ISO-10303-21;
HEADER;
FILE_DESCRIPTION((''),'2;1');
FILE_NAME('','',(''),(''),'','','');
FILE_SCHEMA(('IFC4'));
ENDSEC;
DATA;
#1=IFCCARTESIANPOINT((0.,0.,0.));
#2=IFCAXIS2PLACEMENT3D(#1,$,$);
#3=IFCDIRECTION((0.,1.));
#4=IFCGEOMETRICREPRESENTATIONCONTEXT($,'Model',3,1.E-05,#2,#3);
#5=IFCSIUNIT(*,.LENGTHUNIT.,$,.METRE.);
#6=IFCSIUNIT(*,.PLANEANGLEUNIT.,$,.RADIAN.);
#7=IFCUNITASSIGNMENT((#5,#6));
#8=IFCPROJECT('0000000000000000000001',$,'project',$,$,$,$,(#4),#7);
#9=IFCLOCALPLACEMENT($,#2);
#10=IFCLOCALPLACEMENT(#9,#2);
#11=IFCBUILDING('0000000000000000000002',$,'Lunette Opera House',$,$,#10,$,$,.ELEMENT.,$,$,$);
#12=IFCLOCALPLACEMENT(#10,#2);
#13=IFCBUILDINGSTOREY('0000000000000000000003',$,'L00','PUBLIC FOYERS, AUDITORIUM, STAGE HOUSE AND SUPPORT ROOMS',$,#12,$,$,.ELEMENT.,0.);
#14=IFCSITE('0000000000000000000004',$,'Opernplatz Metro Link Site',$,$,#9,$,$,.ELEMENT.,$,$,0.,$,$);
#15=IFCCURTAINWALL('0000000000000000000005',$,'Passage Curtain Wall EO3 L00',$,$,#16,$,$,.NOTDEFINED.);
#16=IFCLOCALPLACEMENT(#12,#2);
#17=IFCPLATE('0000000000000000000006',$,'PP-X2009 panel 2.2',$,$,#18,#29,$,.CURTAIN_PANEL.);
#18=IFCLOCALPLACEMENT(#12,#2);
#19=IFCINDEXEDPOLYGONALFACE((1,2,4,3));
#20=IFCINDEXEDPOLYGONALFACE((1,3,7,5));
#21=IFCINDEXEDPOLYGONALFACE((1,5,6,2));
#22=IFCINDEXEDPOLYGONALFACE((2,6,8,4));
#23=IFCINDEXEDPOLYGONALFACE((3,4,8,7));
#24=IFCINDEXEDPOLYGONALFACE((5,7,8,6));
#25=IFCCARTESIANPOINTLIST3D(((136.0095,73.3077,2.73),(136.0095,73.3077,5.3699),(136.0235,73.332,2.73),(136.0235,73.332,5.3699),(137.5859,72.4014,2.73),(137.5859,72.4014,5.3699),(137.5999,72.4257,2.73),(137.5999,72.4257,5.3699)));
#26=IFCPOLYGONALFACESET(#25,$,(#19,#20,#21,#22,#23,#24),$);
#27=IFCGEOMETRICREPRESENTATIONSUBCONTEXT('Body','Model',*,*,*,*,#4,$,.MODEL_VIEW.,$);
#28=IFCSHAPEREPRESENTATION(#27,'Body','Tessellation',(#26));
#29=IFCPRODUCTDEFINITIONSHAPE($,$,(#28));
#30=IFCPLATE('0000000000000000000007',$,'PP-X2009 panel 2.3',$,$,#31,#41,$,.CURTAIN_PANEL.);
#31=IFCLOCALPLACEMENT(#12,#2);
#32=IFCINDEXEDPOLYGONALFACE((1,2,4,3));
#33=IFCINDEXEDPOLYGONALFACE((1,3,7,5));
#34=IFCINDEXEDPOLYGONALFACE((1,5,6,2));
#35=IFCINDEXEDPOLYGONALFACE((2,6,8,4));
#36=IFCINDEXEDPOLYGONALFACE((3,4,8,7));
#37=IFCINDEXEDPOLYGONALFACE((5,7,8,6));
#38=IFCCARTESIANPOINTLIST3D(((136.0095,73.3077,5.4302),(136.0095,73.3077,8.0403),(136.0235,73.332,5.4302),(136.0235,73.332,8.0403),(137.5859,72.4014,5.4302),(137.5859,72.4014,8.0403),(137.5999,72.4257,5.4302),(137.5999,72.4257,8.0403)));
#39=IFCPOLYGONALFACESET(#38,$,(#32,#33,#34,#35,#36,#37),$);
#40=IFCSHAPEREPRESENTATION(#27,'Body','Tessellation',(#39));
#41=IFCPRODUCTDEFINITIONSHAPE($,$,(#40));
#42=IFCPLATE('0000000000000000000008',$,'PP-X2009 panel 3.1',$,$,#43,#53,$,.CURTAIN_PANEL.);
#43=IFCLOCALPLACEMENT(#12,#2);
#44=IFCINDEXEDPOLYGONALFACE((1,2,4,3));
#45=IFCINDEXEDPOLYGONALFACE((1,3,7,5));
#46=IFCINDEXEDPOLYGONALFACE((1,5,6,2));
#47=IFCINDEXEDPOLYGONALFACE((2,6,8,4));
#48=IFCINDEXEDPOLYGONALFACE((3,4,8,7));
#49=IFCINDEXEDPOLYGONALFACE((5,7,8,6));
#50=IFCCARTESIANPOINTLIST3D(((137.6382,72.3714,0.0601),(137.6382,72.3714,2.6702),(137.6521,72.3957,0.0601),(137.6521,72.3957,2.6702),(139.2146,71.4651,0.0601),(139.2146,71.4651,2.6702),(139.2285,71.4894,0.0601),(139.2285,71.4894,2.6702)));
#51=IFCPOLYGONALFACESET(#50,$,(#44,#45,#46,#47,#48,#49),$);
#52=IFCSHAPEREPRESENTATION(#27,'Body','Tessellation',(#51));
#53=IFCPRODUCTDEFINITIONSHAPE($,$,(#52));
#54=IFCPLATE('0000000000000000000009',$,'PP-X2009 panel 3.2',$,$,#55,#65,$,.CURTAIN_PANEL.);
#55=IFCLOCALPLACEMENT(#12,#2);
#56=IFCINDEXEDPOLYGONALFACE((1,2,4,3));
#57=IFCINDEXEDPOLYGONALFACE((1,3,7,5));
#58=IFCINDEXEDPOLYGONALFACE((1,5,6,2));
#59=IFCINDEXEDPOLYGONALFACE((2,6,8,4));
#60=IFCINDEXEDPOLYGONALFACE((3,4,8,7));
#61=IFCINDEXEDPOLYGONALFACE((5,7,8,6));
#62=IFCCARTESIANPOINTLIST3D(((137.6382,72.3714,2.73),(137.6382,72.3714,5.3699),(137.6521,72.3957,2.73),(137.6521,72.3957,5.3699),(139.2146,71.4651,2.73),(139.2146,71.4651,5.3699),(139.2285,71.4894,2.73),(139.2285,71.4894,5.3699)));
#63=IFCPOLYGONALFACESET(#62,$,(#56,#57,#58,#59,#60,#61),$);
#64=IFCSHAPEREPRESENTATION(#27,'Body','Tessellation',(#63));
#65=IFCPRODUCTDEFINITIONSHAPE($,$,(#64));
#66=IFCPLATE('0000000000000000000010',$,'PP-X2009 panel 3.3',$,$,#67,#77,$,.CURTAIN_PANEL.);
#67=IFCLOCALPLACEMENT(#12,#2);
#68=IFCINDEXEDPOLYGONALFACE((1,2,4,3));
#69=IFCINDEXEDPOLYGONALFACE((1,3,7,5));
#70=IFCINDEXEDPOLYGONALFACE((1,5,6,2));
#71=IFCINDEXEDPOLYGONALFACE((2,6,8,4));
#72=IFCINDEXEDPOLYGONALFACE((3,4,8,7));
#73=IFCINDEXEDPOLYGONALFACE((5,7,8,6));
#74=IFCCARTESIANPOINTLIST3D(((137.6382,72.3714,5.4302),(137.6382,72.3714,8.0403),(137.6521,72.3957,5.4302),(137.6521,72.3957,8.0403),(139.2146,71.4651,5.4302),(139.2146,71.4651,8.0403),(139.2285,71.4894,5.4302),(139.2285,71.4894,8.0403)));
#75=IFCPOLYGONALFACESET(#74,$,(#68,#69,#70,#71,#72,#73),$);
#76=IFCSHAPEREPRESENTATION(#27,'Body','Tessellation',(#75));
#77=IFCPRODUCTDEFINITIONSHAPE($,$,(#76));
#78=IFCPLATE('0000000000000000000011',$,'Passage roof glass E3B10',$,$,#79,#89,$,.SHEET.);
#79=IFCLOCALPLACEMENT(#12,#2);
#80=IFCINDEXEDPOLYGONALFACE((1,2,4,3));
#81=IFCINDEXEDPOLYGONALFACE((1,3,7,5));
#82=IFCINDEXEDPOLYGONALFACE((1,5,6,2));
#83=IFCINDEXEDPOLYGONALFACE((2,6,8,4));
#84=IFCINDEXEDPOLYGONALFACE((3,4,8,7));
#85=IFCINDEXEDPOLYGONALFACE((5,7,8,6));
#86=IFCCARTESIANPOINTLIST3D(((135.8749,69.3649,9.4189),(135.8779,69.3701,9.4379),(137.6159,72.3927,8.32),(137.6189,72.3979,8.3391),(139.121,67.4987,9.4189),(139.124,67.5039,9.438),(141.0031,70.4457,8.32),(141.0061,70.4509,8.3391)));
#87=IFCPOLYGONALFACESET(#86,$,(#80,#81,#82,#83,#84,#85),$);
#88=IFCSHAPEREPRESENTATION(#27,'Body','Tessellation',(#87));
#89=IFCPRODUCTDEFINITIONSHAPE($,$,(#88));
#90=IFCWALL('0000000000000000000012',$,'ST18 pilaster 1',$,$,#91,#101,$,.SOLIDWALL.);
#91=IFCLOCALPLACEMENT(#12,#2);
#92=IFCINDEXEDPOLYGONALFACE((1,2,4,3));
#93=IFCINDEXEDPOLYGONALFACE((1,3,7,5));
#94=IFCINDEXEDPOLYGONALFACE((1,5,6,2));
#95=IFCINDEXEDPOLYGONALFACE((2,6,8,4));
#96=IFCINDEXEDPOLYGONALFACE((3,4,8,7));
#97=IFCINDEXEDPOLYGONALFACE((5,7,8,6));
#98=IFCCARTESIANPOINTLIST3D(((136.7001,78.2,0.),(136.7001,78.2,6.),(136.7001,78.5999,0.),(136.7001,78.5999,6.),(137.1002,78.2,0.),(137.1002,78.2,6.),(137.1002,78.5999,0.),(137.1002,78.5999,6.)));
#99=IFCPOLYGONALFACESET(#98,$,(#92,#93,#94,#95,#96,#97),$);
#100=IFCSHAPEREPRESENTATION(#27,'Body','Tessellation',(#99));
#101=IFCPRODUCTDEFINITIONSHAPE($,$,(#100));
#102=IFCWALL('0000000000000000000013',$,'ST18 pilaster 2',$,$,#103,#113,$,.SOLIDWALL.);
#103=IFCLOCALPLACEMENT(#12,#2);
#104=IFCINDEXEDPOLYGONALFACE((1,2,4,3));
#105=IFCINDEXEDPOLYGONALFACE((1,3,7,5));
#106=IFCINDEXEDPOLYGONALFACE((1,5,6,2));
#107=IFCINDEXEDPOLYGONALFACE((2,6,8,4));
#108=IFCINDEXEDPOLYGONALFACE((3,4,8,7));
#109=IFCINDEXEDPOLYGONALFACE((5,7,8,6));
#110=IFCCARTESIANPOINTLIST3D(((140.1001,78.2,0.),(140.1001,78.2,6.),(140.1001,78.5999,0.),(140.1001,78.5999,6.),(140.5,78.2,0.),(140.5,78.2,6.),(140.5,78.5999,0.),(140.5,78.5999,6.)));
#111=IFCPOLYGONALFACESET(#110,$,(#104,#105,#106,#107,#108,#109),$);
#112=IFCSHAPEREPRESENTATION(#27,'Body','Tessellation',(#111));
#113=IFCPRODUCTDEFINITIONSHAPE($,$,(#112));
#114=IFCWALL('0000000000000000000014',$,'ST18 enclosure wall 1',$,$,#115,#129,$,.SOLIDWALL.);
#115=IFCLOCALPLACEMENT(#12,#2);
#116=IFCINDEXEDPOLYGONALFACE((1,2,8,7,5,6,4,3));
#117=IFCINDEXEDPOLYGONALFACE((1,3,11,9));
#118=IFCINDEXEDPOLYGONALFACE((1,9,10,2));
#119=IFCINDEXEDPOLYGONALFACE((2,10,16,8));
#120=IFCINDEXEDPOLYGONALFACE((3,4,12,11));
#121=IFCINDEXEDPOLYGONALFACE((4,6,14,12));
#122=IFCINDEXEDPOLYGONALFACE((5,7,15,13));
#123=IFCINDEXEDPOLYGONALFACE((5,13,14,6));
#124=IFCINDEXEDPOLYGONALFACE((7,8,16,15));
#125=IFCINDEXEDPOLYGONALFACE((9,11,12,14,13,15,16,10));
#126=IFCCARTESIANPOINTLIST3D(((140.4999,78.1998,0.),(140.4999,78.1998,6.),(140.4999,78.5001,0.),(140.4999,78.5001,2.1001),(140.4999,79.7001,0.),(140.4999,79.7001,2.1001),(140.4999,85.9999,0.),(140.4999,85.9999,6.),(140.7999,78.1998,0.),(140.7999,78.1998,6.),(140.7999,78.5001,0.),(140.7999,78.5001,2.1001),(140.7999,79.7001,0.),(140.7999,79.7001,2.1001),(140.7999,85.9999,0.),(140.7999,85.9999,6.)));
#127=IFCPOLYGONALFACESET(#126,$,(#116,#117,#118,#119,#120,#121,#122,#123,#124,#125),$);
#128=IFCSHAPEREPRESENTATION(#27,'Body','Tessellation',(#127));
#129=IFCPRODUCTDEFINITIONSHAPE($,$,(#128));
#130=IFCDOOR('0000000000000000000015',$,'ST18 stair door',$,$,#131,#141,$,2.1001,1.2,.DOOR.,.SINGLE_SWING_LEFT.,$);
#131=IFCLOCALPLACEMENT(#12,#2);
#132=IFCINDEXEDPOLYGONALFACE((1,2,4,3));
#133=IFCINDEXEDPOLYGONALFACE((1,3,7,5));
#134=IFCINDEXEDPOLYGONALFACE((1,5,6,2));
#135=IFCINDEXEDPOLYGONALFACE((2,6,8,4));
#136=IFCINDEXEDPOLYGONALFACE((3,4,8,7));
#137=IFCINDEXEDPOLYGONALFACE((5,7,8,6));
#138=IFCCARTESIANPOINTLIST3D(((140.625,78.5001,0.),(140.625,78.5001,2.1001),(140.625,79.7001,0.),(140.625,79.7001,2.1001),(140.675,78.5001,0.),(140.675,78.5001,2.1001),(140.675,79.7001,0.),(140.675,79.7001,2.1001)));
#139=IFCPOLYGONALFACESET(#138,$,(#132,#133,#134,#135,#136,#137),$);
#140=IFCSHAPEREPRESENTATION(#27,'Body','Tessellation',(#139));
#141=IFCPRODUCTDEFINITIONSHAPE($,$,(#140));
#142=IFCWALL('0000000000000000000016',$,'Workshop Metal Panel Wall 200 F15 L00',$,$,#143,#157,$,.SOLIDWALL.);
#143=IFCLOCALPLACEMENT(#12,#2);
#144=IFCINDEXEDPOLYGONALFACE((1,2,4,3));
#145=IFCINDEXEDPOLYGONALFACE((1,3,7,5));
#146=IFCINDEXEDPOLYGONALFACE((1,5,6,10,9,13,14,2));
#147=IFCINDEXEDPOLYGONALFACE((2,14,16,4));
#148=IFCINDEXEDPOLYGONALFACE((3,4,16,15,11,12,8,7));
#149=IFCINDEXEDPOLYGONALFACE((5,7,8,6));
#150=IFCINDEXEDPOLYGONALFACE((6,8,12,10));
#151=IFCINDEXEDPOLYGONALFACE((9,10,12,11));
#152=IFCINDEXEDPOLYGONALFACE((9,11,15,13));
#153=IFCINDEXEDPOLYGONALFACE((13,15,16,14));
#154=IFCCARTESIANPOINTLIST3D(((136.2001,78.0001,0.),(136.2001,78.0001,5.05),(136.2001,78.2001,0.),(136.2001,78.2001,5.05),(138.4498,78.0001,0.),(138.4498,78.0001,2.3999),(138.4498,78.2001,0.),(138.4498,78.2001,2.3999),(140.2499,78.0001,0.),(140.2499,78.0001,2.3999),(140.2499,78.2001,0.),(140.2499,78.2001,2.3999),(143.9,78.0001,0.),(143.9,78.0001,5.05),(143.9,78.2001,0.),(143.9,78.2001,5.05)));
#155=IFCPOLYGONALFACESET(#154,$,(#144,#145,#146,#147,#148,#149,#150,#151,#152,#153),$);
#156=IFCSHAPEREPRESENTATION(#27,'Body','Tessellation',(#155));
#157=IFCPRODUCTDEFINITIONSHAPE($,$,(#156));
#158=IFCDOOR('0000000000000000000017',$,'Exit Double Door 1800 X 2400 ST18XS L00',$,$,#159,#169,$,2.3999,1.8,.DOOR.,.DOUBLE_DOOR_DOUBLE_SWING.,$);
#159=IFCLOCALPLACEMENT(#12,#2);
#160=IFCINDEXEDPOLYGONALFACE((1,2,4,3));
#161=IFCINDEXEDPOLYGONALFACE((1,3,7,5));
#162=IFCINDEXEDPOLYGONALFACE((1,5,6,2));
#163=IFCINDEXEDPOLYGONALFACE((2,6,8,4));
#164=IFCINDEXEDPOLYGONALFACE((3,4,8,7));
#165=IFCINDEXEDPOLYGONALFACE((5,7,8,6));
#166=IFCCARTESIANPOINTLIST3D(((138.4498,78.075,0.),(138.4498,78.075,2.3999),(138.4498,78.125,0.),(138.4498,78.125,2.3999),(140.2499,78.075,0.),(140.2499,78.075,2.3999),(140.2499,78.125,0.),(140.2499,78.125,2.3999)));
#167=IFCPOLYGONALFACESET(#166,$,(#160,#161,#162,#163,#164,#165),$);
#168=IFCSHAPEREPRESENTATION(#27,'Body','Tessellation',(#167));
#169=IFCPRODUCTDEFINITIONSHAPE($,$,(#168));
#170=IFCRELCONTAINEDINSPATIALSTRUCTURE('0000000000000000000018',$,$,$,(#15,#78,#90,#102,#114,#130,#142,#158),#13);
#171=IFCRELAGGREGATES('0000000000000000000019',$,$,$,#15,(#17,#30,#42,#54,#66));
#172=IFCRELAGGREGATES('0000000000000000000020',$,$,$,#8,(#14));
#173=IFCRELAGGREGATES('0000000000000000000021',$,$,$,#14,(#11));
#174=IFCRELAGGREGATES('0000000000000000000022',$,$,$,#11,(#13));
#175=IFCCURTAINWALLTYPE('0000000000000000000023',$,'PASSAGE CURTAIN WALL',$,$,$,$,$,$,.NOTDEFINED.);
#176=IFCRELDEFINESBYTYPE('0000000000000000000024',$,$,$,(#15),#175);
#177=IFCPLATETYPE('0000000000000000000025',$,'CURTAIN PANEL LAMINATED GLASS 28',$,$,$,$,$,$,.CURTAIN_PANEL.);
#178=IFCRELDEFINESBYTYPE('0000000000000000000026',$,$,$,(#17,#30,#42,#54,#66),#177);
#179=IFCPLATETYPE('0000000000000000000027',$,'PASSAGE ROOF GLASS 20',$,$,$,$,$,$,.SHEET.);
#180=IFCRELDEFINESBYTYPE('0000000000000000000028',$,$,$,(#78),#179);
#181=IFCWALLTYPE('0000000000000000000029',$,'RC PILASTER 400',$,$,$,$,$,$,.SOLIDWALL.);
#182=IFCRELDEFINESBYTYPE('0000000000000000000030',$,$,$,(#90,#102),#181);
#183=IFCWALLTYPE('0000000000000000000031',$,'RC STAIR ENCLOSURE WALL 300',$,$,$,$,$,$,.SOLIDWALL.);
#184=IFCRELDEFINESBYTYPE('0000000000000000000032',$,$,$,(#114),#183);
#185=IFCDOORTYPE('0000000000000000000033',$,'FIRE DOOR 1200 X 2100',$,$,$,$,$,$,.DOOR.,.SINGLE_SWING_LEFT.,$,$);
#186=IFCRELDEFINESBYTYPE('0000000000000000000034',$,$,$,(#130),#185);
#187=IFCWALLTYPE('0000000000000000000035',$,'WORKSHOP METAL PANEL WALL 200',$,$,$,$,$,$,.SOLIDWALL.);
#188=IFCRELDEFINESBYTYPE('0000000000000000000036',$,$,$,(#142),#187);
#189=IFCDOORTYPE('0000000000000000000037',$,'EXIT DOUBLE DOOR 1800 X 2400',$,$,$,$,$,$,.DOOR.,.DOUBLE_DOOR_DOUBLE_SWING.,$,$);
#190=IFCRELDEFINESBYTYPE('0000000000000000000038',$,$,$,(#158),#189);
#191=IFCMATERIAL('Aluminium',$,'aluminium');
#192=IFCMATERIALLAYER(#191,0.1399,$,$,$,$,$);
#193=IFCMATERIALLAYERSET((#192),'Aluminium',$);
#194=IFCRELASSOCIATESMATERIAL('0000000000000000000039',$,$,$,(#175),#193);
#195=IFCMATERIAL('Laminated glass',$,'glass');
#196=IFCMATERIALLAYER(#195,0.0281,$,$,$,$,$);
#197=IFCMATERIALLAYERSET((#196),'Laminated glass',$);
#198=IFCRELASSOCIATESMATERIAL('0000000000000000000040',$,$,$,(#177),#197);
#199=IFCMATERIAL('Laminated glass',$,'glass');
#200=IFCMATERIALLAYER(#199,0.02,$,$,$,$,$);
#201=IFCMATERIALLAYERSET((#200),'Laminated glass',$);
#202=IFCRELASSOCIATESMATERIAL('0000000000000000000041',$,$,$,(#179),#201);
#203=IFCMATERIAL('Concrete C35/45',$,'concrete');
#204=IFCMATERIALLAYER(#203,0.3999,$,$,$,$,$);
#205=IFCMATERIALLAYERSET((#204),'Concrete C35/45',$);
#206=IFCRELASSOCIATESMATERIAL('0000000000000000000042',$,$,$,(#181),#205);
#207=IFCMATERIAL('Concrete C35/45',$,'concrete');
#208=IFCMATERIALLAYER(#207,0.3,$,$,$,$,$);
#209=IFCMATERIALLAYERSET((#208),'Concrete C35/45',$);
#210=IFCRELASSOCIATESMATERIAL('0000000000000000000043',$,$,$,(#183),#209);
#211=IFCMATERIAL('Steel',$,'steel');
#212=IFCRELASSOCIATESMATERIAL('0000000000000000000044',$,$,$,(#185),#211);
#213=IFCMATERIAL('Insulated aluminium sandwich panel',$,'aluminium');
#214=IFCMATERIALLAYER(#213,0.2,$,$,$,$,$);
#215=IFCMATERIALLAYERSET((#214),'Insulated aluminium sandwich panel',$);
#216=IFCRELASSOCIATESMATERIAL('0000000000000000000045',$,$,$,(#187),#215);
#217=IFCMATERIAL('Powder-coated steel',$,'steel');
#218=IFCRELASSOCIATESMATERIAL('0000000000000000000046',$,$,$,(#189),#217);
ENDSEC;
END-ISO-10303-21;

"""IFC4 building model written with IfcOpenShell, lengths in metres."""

from ifc_helpers import new_model, si_unit, direction, frame, frame_2d, origin, origin_2d, place, context, subcontext, project, spatial, polyline, rectangle, outline, extrude, material, layer, layer_set, type_object, element, fill, aggregate, save


model = new_model("IFC4")

# Units and contexts
model_context = context("Model", 3, precision=1e-05, world=origin(), true_north=direction((0.0, 1.0)))
body_context = subcontext(model_context, "Body", "Model", "MODEL_VIEW")
ifc_project = project(units=[si_unit("LENGTHUNIT", "METRE"), si_unit("PLANEANGLEUNIT", "RADIAN")], contexts=[model_context])

# Site, building, storey
site_placement = place(None, origin())
site = spatial("IfcSite", under=ifc_project, at=site_placement, Name="Opernplatz Metro Link Site", CompositionType="ELEMENT", RefElevation=0.0)
building_placement = place(site_placement, origin())
building = spatial("IfcBuilding", under=site, at=building_placement, Name="Lunette Opera House", CompositionType="ELEMENT")
storey_placement = place(building_placement, origin())
storey = spatial("IfcBuildingStorey", under=building, at=storey_placement, Name="L00", Description="PUBLIC FOYERS, AUDITORIUM, STAGE HOUSE AND SUPPORT ROOMS", CompositionType="ELEMENT", Elevation=0.0)

# Curtain wall
ifc_material_1 = material(Name="Aluminium", Category="aluminium")
ifc_layer_1 = layer(ifc_material_1, 0.1399)
ifc_layer_set_1 = layer_set([ifc_layer_1], Name="Aluminium")
curtain_wall_type = type_object("IfcCurtainWallType", Name="PASSAGE CURTAIN WALL", PredefinedType="NOTDEFINED", material=ifc_layer_set_1)
curtain_wall_placement = place(storey_placement, origin())
curtain_wall = element("IfcCurtainWall", 1, at=curtain_wall_placement, inside=storey, type_object=curtain_wall_type, Name="Passage Curtain Wall EO3 L00", PredefinedType="NOTDEFINED")

# Plates
ifc_material_2 = material(Name="Laminated glass", Category="glass")
ifc_layer_2 = layer(ifc_material_2, 0.0281)
ifc_layer_set_2 = layer_set([ifc_layer_2], Name="Laminated glass")
plate_type_1 = type_object("IfcPlateType", Name="CURTAIN PANEL LAMINATED GLASS 28", PredefinedType="CURTAIN_PANEL", material=ifc_layer_set_2)
plate_1_placement = place(storey_placement, frame((136.8047, 72.8667, 2.73), z_axis=(0.0, 0.0, 1.0), x_axis=(0.866938, -0.498416, 0.0)))
plate_1 = element("IfcPlate", 2, at=plate_1_placement, type_object=plate_type_1, Name="PP-X2009 panel 2.2", PredefinedType="CURTAIN_PANEL", context=body_context, shape_type="SweptSolid", body=[
    extrude(rectangle(XDim=1.8184, YDim=0.0281, at=origin_2d()), origin(), (0.0, 0.0, 1.0), 2.6399),
])
plate_2_placement = place(storey_placement, frame((136.8047, 72.8667, 5.4302), z_axis=(0.0, 0.0, 1.0), x_axis=(0.866938, -0.498416, 0.0)))
plate_2 = element("IfcPlate", 3, at=plate_2_placement, type_object=plate_type_1, Name="PP-X2009 panel 2.3", PredefinedType="CURTAIN_PANEL", context=body_context, shape_type="SweptSolid", body=[
    extrude(rectangle(XDim=1.8184, YDim=0.0281, at=origin_2d()), origin(), (0.0, 0.0, 1.0), 2.6101),
])
plate_3_placement = place(storey_placement, frame((138.4333, 71.9304, 0.0601), z_axis=(0.0, 0.0, 1.0), x_axis=(0.866938, -0.498416, 0.0)))
plate_3 = element("IfcPlate", 4, at=plate_3_placement, type_object=plate_type_1, Name="PP-X2009 panel 3.1", PredefinedType="CURTAIN_PANEL", context=body_context, shape_type="SweptSolid", body=[
    extrude(rectangle(XDim=1.8184, YDim=0.0281, at=origin_2d()), origin(), (0.0, 0.0, 1.0), 2.6101),
])
plate_4_placement = place(storey_placement, frame((138.4333, 71.9304, 2.73), z_axis=(0.0, 0.0, 1.0), x_axis=(0.866938, -0.498416, 0.0)))
plate_4 = element("IfcPlate", 5, at=plate_4_placement, type_object=plate_type_1, Name="PP-X2009 panel 3.2", PredefinedType="CURTAIN_PANEL", context=body_context, shape_type="SweptSolid", body=[
    extrude(rectangle(XDim=1.8184, YDim=0.0281, at=origin_2d()), origin(), (0.0, 0.0, 1.0), 2.6399),
])
plate_5_placement = place(storey_placement, frame((138.4333, 71.9304, 5.4302), z_axis=(0.0, 0.0, 1.0), x_axis=(0.866938, -0.498416, 0.0)))
plate_5 = element("IfcPlate", 6, at=plate_5_placement, type_object=plate_type_1, Name="PP-X2009 panel 3.3", PredefinedType="CURTAIN_PANEL", context=body_context, shape_type="SweptSolid", body=[
    extrude(rectangle(XDim=1.8184, YDim=0.0281, at=origin_2d()), origin(), (0.0, 0.0, 1.0), 2.6101),
])
aggregate(curtain_wall, [plate_1, plate_2, plate_3, plate_4, plate_5])
ifc_material_3 = material(Name="Laminated glass", Category="glass")
ifc_layer_3 = layer(ifc_material_3, 0.02)
ifc_layer_set_3 = layer_set([ifc_layer_3], Name="Laminated glass")
plate_type_2 = type_object("IfcPlateType", Name="PASSAGE ROOF GLASS 20", PredefinedType="SHEET", material=ifc_layer_set_3)
plate_6_placement = place(storey_placement, frame((137.6189, 72.3979, 8.3391), z_axis=(0.149569, 0.260182, 0.953905), x_axis=(0.866974, -0.498354, -0.00001)))
element("IfcPlate", 7, at=plate_6_placement, inside=storey, type_object=plate_type_2, Name="Passage roof glass E3B10", PredefinedType="SHEET", context=body_context, shape_type="SweptSolid", body=[
    extrude(outline(polyline([(0.0, 0.0), (3.9069, 0.0), (3.7439, -3.6617), (-0.0005, -3.6615), (0.0, 0.0)])), origin(), (0.0, 0.0, -1.0), 0.02),
])

# Walls
ifc_material_4 = material(Name="Concrete C35/45", Category="concrete")
ifc_layer_4 = layer(ifc_material_4, 0.3999)
ifc_layer_set_4 = layer_set([ifc_layer_4], Name="Concrete C35/45")
wall_type_1 = type_object("IfcWallType", Name="RC PILASTER 400", PredefinedType="SOLIDWALL", material=ifc_layer_set_4)
wall_1_placement = place(storey_placement, frame((136.7, 78.3999, 0.0), z_axis=(0.0, 0.0, 1.0), x_axis=(1.0, 0.0, 0.0)))
element("IfcWall", 8, at=wall_1_placement, inside=storey, type_object=wall_type_1, Name="ST18 pilaster 1", PredefinedType="SOLIDWALL", context=body_context, shape_type="SweptSolid", body=[
    extrude(rectangle(XDim=0.4001, YDim=0.3999, at=frame_2d((0.2002, 0.0))), origin(), (0.0, 0.0, 1.0), 6.0),
])
wall_2_placement = place(storey_placement, frame((140.1001, 78.3999, 0.0), z_axis=(0.0, 0.0, 1.0), x_axis=(1.0, 0.0, 0.0)))
element("IfcWall", 9, at=wall_2_placement, inside=storey, type_object=wall_type_1, Name="ST18 pilaster 2", PredefinedType="SOLIDWALL", context=body_context, shape_type="SweptSolid", body=[
    extrude(rectangle(XDim=0.3999, YDim=0.3999, at=frame_2d((0.2, 0.0))), origin(), (0.0, 0.0, 1.0), 6.0),
])

# Walls, openings, doors
ifc_material_5 = material(Name="Concrete C35/45", Category="concrete")
ifc_layer_5 = layer(ifc_material_5, 0.3)
ifc_layer_set_5 = layer_set([ifc_layer_5], Name="Concrete C35/45")
wall_type_2 = type_object("IfcWallType", Name="RC STAIR ENCLOSURE WALL 300", PredefinedType="SOLIDWALL", material=ifc_layer_set_5)
wall_3_placement = place(storey_placement, frame((140.6499, 78.2, 0.0), z_axis=(0.0, 0.0, 1.0), x_axis=(0.0, 1.0, 0.0)))
wall_3 = element("IfcWall", 10, at=wall_3_placement, inside=storey, type_object=wall_type_2, Name="ST18 enclosure wall 1", PredefinedType="SOLIDWALL", context=body_context, shape_type="SweptSolid", body=[
    extrude(rectangle(XDim=7.8, YDim=0.3, at=frame_2d((3.8999, 0.0))), origin(), (0.0, 0.0, 1.0), 6.0),
])
opening_1_placement = place(wall_3_placement, frame((0.3, 0.0, 0.0)))
opening_1 = element("IfcOpeningElement", 11, at=opening_1_placement, cuts=wall_3, PredefinedType="OPENING", context=body_context, shape_type="SweptSolid", body=[
    extrude(rectangle(XDim=1.2, YDim=2.1001, at=frame_2d((0.6001, 1.05))), frame((0.0, 0.1621, 0.0), z_axis=(0.0, -1.0, 0.0), x_axis=(1.0, 0.0, 0.0)), (0.0, 0.0, 1.0), 0.324),
])
ifc_material_6 = material(Name="Steel", Category="steel")
door_type_1 = type_object("IfcDoorType", Name="FIRE DOOR 1200 X 2100", OperationType="SINGLE_SWING_LEFT", PredefinedType="DOOR", material=ifc_material_6)
door_1_placement = place(opening_1_placement, origin())
door_1 = element("IfcDoor", 12, at=door_1_placement, inside=storey, type_object=door_type_1, Name="ST18 stair door", OperationType="SINGLE_SWING_LEFT", OverallHeight=2.1001, OverallWidth=1.2, PredefinedType="DOOR", context=body_context, shape_type="SweptSolid", body=[
    extrude(rectangle(XDim=1.2, YDim=2.1001, at=frame_2d((0.6001, 1.05))), frame((0.0, 0.0249, 0.0), z_axis=(0.0, -1.0, 0.0), x_axis=(1.0, 0.0, 0.0)), (0.0, 0.0, 1.0), 0.05),
])
fill(opening_1, door_1)
ifc_material_7 = material(Name="Insulated aluminium sandwich panel", Category="aluminium")
ifc_layer_6 = layer(ifc_material_7, 0.2)
ifc_layer_set_6 = layer_set([ifc_layer_6], Name="Insulated aluminium sandwich panel")
wall_type_3 = type_object("IfcWallType", Name="WORKSHOP METAL PANEL WALL 200", PredefinedType="SOLIDWALL", material=ifc_layer_set_6)
wall_4_placement = place(storey_placement, frame((136.2, 78.1001, 0.0), z_axis=(0.0, 0.0, 1.0), x_axis=(1.0, 0.0, 0.0)))
wall_4 = element("IfcWall", 13, at=wall_4_placement, inside=storey, type_object=wall_type_3, Name="Workshop Metal Panel Wall 200 F15 L00", PredefinedType="SOLIDWALL", context=body_context, shape_type="SweptSolid", body=[
    extrude(rectangle(XDim=7.7, YDim=0.2, at=frame_2d((3.8501, 0.0))), origin(), (0.0, 0.0, 1.0), 5.05),
])
opening_2_placement = place(wall_4_placement, frame((2.25, 0.0, 0.0)))
opening_2 = element("IfcOpeningElement", 14, at=opening_2_placement, cuts=wall_4, PredefinedType="OPENING", context=body_context, shape_type="SweptSolid", body=[
    extrude(rectangle(XDim=1.8, YDim=2.3999, at=frame_2d((0.8999, 1.2))), frame((0.0, 0.1121, 0.0), z_axis=(0.0, -1.0, 0.0), x_axis=(1.0, 0.0, 0.0)), (0.0, 0.0, 1.0), 0.2239),
])
ifc_material_8 = material(Name="Powder-coated steel", Category="steel")
door_type_2 = type_object("IfcDoorType", Name="EXIT DOUBLE DOOR 1800 X 2400", OperationType="DOUBLE_DOOR_DOUBLE_SWING", PredefinedType="DOOR", material=ifc_material_8)
door_2_placement = place(opening_2_placement, origin())
door_2 = element("IfcDoor", 15, at=door_2_placement, inside=storey, type_object=door_type_2, Name="Exit Double Door 1800 X 2400 ST18XS L00", OperationType="DOUBLE_DOOR_DOUBLE_SWING", OverallHeight=2.3999, OverallWidth=1.8, PredefinedType="DOOR", context=body_context, shape_type="SweptSolid", body=[
    extrude(rectangle(XDim=1.8, YDim=2.3999, at=frame_2d((0.8999, 1.2))), frame((0.0, 0.0249, 0.0), z_axis=(0.0, -1.0, 0.0), x_axis=(1.0, 0.0, 0.0)), (0.0, 0.0, 1.0), 0.05),
])
fill(opening_2, door_2)

save(model, "model.ifc")
